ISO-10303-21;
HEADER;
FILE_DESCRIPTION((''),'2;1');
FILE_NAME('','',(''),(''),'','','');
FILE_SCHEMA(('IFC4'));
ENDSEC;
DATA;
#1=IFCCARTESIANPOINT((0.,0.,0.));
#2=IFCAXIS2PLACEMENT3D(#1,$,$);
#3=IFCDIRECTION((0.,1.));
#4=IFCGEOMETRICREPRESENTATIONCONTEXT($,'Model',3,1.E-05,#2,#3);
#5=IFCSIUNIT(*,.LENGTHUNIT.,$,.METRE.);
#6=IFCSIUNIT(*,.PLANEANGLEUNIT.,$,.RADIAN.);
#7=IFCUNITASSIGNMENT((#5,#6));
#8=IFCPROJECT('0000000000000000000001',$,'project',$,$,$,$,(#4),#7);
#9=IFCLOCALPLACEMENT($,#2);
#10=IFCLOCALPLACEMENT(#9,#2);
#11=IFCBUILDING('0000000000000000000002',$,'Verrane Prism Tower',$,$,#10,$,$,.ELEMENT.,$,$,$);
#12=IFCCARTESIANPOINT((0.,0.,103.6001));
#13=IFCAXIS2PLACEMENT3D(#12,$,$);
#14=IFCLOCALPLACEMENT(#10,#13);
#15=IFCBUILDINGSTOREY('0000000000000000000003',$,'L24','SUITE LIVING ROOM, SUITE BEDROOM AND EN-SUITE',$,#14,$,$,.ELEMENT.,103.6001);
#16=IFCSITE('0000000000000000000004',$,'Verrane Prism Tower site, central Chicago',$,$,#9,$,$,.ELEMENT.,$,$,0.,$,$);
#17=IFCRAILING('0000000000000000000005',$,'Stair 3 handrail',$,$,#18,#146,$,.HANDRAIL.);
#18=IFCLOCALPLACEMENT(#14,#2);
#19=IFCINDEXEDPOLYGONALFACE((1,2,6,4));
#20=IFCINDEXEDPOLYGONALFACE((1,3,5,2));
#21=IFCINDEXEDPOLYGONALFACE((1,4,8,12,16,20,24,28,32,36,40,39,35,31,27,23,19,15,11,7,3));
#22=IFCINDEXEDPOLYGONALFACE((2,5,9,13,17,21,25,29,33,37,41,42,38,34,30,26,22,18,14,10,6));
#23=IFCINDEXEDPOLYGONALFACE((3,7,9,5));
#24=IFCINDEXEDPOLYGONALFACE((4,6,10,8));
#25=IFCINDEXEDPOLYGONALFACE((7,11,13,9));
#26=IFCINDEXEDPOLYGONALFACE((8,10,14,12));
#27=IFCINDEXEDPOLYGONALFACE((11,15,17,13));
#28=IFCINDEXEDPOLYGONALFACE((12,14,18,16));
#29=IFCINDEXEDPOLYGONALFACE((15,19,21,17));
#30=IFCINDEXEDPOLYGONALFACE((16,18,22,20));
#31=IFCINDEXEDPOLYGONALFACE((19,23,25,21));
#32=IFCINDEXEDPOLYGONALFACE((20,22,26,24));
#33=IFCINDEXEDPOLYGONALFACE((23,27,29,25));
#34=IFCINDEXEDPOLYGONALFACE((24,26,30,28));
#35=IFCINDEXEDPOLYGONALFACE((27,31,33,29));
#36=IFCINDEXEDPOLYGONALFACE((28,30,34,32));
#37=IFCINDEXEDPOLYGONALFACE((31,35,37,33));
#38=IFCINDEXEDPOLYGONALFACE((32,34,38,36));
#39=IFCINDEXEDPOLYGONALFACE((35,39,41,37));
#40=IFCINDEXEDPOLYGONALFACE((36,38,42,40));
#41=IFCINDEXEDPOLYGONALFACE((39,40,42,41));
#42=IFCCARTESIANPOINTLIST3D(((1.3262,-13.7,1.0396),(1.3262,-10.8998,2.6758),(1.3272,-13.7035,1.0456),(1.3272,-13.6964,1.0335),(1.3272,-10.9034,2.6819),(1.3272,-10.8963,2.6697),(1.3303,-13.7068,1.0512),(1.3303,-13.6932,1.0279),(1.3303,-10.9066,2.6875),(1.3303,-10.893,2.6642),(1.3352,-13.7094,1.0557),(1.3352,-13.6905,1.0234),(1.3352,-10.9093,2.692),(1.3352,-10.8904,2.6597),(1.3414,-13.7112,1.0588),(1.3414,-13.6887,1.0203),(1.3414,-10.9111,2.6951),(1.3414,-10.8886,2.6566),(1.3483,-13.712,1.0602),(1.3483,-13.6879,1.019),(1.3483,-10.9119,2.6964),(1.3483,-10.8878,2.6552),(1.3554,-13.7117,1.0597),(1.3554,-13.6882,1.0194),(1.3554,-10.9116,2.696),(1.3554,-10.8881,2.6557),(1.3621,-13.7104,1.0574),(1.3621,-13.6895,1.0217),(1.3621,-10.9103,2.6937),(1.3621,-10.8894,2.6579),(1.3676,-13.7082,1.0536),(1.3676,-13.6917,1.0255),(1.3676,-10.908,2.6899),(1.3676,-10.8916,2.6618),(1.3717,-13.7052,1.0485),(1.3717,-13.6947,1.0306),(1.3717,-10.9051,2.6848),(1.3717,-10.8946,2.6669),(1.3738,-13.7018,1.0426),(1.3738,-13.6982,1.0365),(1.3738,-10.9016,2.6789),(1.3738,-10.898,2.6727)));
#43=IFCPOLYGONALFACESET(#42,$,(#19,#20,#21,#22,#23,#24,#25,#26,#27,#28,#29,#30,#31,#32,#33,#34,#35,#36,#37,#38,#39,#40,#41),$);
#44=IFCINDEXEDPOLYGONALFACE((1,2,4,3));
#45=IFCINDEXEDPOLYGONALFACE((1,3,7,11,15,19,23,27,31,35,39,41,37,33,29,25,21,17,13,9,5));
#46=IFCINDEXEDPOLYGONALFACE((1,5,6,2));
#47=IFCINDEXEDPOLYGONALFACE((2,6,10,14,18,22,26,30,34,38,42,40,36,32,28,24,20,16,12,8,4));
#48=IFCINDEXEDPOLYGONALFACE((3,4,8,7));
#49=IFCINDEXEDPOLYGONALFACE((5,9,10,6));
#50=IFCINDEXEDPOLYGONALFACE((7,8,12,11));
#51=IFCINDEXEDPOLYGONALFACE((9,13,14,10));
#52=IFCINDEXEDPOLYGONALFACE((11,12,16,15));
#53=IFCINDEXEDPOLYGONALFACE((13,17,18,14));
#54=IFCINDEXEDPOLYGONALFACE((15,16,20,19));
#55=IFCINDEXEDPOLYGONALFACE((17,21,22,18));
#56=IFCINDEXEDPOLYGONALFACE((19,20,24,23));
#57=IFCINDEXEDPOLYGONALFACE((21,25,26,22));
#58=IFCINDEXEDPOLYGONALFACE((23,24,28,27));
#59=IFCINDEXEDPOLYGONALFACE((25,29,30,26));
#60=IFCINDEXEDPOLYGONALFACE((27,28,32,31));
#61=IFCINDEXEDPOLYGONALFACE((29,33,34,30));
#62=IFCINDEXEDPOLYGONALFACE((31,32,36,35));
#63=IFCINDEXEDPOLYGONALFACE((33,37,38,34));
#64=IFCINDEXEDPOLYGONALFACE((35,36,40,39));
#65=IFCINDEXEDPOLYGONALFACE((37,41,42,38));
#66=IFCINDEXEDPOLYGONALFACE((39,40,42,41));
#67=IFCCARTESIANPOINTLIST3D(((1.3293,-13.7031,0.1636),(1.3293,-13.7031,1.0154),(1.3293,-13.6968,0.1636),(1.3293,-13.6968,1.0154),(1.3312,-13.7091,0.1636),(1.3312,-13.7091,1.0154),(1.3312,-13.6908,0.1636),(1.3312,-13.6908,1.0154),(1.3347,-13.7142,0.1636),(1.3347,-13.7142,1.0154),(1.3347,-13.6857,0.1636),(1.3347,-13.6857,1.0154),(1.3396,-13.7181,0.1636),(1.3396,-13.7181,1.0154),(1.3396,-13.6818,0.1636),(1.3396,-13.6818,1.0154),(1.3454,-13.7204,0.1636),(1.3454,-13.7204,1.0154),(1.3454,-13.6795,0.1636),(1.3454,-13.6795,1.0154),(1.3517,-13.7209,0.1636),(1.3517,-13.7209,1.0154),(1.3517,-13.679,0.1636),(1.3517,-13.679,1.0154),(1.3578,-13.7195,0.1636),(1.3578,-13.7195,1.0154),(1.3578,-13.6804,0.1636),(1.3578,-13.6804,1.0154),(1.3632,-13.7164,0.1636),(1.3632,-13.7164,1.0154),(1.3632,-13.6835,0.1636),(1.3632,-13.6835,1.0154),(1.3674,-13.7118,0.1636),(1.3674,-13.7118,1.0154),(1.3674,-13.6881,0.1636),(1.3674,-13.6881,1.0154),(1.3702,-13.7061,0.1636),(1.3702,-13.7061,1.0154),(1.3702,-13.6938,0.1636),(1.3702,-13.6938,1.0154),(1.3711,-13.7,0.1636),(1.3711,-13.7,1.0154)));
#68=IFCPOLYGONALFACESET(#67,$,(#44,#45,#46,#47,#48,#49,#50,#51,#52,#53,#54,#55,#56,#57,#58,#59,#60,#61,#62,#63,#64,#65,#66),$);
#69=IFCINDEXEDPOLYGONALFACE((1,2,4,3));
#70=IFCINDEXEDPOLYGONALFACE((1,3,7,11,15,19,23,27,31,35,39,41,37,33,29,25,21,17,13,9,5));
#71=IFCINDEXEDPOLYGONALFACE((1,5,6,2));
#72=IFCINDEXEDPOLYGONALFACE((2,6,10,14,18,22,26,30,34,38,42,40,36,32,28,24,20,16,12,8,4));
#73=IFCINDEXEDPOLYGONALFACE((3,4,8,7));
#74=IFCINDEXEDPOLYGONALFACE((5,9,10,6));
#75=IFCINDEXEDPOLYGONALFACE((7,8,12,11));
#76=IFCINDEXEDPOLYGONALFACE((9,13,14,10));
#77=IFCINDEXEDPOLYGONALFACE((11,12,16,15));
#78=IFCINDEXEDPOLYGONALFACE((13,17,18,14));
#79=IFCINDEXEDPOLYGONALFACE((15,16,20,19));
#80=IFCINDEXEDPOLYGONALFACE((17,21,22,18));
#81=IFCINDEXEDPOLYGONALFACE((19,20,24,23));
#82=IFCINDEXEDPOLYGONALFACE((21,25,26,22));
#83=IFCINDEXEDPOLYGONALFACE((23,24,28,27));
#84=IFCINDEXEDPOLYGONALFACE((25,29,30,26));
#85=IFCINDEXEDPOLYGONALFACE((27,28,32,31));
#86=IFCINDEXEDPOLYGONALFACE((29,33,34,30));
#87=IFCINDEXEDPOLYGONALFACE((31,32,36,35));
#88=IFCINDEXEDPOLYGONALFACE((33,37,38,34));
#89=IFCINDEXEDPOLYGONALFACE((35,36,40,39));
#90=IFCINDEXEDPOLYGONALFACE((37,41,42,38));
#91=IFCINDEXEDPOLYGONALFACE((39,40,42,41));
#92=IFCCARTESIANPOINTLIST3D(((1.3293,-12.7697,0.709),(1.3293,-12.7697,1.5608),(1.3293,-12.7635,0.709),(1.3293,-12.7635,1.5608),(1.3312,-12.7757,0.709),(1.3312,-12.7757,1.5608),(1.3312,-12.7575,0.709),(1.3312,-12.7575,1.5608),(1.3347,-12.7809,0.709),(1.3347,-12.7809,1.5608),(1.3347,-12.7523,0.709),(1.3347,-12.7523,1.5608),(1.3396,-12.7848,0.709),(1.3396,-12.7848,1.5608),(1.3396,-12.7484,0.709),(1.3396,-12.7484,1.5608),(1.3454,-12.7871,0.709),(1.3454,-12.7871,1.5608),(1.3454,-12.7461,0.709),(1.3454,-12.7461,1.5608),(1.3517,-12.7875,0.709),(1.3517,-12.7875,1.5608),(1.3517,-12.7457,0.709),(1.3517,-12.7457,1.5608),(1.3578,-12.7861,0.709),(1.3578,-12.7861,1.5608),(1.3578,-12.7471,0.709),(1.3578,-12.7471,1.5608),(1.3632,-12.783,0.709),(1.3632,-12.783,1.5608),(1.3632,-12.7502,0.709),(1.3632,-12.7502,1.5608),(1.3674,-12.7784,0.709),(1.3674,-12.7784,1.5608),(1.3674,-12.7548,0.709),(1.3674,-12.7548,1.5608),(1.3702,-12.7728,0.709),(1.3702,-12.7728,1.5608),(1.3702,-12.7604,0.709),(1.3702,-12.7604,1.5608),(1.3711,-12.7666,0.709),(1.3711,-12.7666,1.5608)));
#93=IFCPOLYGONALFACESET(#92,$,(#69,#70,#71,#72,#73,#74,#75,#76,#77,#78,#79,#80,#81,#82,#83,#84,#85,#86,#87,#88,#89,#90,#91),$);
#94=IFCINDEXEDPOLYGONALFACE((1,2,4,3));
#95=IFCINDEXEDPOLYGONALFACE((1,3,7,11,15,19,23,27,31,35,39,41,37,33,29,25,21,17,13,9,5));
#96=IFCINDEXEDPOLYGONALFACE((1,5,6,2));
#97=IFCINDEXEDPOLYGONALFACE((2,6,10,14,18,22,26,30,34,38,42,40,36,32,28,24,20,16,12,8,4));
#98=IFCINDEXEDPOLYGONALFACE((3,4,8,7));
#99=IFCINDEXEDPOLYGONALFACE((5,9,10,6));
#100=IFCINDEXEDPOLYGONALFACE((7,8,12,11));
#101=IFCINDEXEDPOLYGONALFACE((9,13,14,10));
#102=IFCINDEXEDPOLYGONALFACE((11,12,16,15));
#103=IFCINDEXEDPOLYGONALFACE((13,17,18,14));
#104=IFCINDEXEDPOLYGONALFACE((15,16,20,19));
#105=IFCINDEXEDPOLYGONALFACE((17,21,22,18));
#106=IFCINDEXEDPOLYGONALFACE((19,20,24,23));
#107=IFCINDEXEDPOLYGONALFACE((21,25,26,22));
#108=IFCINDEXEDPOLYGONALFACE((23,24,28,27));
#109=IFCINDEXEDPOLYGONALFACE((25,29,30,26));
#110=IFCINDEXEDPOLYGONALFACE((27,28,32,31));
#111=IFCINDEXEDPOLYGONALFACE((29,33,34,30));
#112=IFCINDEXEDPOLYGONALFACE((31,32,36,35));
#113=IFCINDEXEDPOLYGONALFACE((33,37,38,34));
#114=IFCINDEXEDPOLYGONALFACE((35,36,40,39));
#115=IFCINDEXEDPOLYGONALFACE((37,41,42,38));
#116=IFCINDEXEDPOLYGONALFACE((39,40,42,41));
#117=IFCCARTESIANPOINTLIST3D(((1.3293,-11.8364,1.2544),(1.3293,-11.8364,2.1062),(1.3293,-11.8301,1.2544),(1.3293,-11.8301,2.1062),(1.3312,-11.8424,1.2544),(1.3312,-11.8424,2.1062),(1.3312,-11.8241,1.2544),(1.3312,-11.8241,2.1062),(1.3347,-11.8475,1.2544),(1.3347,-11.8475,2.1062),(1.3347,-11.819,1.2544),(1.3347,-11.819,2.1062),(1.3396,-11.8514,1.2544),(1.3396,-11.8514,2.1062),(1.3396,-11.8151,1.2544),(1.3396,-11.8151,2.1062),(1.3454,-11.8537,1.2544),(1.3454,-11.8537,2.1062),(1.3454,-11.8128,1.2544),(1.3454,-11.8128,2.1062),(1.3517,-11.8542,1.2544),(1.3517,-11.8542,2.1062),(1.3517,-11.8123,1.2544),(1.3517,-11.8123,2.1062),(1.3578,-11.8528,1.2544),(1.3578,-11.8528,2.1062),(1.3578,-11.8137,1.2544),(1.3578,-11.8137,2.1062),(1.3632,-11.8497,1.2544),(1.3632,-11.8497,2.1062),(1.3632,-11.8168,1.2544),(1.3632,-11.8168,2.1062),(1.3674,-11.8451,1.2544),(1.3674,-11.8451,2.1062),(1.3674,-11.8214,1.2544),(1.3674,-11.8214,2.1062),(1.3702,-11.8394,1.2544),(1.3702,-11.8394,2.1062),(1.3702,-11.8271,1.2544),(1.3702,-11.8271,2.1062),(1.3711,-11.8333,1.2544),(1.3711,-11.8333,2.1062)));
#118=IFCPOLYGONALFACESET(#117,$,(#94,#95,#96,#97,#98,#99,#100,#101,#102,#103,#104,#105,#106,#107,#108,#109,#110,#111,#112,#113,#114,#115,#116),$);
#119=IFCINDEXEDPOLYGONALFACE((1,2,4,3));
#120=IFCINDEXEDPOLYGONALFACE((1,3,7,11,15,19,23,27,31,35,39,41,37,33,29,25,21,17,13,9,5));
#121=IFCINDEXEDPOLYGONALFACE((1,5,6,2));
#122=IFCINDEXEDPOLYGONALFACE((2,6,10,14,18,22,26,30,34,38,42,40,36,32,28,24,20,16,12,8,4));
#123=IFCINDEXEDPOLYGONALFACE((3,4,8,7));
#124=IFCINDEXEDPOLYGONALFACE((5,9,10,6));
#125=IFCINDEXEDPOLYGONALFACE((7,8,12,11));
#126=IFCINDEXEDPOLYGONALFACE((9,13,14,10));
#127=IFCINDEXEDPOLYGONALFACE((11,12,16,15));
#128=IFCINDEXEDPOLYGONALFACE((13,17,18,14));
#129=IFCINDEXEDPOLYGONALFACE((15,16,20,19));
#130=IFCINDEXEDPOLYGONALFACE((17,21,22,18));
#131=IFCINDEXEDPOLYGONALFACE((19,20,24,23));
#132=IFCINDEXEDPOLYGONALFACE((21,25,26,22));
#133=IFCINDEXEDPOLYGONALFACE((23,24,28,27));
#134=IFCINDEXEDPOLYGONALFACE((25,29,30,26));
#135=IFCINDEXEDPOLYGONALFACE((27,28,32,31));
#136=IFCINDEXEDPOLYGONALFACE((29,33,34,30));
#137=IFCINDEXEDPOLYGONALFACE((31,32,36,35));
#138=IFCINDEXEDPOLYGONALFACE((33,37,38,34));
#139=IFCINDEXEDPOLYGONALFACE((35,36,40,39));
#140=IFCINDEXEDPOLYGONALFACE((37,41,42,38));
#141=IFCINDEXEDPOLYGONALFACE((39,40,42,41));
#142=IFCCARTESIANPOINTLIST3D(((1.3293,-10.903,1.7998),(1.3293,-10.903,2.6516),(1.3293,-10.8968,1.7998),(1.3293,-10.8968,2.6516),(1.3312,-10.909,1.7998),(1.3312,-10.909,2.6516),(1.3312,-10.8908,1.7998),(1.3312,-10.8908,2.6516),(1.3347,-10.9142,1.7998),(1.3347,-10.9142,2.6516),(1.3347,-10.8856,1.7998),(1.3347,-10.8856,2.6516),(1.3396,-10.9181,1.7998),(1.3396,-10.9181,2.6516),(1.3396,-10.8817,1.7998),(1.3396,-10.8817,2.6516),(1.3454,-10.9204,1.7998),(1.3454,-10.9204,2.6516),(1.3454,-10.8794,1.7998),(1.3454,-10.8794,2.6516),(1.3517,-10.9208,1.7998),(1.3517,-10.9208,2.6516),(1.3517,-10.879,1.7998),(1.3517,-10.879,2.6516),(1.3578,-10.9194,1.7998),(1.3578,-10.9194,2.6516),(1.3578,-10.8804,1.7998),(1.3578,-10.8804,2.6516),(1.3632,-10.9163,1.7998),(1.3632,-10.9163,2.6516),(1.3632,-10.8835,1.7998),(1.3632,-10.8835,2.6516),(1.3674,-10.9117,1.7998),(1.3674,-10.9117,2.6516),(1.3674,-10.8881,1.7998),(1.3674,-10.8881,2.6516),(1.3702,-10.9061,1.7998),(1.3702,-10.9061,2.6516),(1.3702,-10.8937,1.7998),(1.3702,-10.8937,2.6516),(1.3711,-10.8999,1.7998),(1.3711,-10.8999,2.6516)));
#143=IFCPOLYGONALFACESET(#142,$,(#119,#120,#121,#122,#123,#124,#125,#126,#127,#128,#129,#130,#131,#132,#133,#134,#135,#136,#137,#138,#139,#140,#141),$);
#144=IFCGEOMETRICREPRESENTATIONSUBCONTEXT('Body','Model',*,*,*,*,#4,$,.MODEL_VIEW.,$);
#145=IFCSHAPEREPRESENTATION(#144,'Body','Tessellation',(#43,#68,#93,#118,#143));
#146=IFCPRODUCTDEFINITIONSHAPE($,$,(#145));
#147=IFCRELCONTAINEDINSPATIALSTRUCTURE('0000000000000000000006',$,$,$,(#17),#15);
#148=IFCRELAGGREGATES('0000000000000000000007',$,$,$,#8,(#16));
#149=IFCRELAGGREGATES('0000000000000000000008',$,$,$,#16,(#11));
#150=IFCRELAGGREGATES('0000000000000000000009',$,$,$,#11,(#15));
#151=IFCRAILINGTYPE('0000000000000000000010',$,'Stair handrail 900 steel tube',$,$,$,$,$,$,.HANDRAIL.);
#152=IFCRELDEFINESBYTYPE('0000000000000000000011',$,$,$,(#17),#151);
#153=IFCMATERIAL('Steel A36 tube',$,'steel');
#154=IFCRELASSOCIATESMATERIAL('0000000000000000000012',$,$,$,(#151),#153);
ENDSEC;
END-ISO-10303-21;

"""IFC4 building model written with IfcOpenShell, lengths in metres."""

from ifc_helpers import new_model, si_unit, direction, frame, origin, origin_2d, place, context, subcontext, project, spatial, circle, extrude, material, type_object, element, save


model = new_model("IFC4")

# Units and contexts
model_context = context("Model", 3, precision=1e-05, world=origin(), true_north=direction((0.0, 1.0)))
body_context = subcontext(model_context, "Body", "Model", "MODEL_VIEW")
ifc_project = project(units=[si_unit("LENGTHUNIT", "METRE"), si_unit("PLANEANGLEUNIT", "RADIAN")], contexts=[model_context])

# Site, building, storey
site_placement = place(None, origin())
site = spatial("IfcSite", under=ifc_project, at=site_placement, Name="Verrane Prism Tower site, central Chicago", CompositionType="ELEMENT", RefElevation=0.0)
building_placement = place(site_placement, origin())
building = spatial("IfcBuilding", under=site, at=building_placement, Name="Verrane Prism Tower", CompositionType="ELEMENT")
storey_placement = place(building_placement, frame((0.0, 0.0, 103.6001)))
storey = spatial("IfcBuildingStorey", under=building, at=storey_placement, Name="L24", Description="SUITE LIVING ROOM, SUITE BEDROOM AND EN-SUITE", CompositionType="ELEMENT", Elevation=103.6001)

# Railing
ifc_material_1 = material(Name="Steel A36 tube", Category="steel")
railing_type_1 = type_object("IfcRailingType", Name="Stair handrail 900 steel tube", PredefinedType="HANDRAIL", material=ifc_material_1)
railing_1_placement = place(storey_placement, frame((1.3501, -13.7, 0.1636)))
element("IfcRailing", 1, at=railing_1_placement, inside=storey, type_object=railing_type_1, Name="Stair 3 handrail", PredefinedType="HANDRAIL", context=body_context, shape_type="SweptSolid", body=[
    extrude(circle(Radius=0.0239, at=origin_2d()), frame((0.0, 0.0, 0.876), z_axis=(0.0, 0.863394, 0.504531), x_axis=(-1.0, 0.0, 0.0)), (0.0, 0.0, 1.0), 3.2432),
    extrude(circle(Radius=0.021, at=origin_2d()), origin(), (0.0, 0.0, 1.0), 0.8518),
    extrude(circle(Radius=0.021, at=origin_2d()), frame((0.0, 0.9333, 0.5454)), (0.0, 0.0, 1.0), 0.8518),
    extrude(circle(Radius=0.021, at=origin_2d()), frame((0.0, 1.8667, 1.0908)), (0.0, 0.0, 1.0), 0.8518),
    extrude(circle(Radius=0.021, at=origin_2d()), frame((0.0, 2.8, 1.6362)), (0.0, 0.0, 1.0), 0.8518),
])

save(model, "model.ifc")
